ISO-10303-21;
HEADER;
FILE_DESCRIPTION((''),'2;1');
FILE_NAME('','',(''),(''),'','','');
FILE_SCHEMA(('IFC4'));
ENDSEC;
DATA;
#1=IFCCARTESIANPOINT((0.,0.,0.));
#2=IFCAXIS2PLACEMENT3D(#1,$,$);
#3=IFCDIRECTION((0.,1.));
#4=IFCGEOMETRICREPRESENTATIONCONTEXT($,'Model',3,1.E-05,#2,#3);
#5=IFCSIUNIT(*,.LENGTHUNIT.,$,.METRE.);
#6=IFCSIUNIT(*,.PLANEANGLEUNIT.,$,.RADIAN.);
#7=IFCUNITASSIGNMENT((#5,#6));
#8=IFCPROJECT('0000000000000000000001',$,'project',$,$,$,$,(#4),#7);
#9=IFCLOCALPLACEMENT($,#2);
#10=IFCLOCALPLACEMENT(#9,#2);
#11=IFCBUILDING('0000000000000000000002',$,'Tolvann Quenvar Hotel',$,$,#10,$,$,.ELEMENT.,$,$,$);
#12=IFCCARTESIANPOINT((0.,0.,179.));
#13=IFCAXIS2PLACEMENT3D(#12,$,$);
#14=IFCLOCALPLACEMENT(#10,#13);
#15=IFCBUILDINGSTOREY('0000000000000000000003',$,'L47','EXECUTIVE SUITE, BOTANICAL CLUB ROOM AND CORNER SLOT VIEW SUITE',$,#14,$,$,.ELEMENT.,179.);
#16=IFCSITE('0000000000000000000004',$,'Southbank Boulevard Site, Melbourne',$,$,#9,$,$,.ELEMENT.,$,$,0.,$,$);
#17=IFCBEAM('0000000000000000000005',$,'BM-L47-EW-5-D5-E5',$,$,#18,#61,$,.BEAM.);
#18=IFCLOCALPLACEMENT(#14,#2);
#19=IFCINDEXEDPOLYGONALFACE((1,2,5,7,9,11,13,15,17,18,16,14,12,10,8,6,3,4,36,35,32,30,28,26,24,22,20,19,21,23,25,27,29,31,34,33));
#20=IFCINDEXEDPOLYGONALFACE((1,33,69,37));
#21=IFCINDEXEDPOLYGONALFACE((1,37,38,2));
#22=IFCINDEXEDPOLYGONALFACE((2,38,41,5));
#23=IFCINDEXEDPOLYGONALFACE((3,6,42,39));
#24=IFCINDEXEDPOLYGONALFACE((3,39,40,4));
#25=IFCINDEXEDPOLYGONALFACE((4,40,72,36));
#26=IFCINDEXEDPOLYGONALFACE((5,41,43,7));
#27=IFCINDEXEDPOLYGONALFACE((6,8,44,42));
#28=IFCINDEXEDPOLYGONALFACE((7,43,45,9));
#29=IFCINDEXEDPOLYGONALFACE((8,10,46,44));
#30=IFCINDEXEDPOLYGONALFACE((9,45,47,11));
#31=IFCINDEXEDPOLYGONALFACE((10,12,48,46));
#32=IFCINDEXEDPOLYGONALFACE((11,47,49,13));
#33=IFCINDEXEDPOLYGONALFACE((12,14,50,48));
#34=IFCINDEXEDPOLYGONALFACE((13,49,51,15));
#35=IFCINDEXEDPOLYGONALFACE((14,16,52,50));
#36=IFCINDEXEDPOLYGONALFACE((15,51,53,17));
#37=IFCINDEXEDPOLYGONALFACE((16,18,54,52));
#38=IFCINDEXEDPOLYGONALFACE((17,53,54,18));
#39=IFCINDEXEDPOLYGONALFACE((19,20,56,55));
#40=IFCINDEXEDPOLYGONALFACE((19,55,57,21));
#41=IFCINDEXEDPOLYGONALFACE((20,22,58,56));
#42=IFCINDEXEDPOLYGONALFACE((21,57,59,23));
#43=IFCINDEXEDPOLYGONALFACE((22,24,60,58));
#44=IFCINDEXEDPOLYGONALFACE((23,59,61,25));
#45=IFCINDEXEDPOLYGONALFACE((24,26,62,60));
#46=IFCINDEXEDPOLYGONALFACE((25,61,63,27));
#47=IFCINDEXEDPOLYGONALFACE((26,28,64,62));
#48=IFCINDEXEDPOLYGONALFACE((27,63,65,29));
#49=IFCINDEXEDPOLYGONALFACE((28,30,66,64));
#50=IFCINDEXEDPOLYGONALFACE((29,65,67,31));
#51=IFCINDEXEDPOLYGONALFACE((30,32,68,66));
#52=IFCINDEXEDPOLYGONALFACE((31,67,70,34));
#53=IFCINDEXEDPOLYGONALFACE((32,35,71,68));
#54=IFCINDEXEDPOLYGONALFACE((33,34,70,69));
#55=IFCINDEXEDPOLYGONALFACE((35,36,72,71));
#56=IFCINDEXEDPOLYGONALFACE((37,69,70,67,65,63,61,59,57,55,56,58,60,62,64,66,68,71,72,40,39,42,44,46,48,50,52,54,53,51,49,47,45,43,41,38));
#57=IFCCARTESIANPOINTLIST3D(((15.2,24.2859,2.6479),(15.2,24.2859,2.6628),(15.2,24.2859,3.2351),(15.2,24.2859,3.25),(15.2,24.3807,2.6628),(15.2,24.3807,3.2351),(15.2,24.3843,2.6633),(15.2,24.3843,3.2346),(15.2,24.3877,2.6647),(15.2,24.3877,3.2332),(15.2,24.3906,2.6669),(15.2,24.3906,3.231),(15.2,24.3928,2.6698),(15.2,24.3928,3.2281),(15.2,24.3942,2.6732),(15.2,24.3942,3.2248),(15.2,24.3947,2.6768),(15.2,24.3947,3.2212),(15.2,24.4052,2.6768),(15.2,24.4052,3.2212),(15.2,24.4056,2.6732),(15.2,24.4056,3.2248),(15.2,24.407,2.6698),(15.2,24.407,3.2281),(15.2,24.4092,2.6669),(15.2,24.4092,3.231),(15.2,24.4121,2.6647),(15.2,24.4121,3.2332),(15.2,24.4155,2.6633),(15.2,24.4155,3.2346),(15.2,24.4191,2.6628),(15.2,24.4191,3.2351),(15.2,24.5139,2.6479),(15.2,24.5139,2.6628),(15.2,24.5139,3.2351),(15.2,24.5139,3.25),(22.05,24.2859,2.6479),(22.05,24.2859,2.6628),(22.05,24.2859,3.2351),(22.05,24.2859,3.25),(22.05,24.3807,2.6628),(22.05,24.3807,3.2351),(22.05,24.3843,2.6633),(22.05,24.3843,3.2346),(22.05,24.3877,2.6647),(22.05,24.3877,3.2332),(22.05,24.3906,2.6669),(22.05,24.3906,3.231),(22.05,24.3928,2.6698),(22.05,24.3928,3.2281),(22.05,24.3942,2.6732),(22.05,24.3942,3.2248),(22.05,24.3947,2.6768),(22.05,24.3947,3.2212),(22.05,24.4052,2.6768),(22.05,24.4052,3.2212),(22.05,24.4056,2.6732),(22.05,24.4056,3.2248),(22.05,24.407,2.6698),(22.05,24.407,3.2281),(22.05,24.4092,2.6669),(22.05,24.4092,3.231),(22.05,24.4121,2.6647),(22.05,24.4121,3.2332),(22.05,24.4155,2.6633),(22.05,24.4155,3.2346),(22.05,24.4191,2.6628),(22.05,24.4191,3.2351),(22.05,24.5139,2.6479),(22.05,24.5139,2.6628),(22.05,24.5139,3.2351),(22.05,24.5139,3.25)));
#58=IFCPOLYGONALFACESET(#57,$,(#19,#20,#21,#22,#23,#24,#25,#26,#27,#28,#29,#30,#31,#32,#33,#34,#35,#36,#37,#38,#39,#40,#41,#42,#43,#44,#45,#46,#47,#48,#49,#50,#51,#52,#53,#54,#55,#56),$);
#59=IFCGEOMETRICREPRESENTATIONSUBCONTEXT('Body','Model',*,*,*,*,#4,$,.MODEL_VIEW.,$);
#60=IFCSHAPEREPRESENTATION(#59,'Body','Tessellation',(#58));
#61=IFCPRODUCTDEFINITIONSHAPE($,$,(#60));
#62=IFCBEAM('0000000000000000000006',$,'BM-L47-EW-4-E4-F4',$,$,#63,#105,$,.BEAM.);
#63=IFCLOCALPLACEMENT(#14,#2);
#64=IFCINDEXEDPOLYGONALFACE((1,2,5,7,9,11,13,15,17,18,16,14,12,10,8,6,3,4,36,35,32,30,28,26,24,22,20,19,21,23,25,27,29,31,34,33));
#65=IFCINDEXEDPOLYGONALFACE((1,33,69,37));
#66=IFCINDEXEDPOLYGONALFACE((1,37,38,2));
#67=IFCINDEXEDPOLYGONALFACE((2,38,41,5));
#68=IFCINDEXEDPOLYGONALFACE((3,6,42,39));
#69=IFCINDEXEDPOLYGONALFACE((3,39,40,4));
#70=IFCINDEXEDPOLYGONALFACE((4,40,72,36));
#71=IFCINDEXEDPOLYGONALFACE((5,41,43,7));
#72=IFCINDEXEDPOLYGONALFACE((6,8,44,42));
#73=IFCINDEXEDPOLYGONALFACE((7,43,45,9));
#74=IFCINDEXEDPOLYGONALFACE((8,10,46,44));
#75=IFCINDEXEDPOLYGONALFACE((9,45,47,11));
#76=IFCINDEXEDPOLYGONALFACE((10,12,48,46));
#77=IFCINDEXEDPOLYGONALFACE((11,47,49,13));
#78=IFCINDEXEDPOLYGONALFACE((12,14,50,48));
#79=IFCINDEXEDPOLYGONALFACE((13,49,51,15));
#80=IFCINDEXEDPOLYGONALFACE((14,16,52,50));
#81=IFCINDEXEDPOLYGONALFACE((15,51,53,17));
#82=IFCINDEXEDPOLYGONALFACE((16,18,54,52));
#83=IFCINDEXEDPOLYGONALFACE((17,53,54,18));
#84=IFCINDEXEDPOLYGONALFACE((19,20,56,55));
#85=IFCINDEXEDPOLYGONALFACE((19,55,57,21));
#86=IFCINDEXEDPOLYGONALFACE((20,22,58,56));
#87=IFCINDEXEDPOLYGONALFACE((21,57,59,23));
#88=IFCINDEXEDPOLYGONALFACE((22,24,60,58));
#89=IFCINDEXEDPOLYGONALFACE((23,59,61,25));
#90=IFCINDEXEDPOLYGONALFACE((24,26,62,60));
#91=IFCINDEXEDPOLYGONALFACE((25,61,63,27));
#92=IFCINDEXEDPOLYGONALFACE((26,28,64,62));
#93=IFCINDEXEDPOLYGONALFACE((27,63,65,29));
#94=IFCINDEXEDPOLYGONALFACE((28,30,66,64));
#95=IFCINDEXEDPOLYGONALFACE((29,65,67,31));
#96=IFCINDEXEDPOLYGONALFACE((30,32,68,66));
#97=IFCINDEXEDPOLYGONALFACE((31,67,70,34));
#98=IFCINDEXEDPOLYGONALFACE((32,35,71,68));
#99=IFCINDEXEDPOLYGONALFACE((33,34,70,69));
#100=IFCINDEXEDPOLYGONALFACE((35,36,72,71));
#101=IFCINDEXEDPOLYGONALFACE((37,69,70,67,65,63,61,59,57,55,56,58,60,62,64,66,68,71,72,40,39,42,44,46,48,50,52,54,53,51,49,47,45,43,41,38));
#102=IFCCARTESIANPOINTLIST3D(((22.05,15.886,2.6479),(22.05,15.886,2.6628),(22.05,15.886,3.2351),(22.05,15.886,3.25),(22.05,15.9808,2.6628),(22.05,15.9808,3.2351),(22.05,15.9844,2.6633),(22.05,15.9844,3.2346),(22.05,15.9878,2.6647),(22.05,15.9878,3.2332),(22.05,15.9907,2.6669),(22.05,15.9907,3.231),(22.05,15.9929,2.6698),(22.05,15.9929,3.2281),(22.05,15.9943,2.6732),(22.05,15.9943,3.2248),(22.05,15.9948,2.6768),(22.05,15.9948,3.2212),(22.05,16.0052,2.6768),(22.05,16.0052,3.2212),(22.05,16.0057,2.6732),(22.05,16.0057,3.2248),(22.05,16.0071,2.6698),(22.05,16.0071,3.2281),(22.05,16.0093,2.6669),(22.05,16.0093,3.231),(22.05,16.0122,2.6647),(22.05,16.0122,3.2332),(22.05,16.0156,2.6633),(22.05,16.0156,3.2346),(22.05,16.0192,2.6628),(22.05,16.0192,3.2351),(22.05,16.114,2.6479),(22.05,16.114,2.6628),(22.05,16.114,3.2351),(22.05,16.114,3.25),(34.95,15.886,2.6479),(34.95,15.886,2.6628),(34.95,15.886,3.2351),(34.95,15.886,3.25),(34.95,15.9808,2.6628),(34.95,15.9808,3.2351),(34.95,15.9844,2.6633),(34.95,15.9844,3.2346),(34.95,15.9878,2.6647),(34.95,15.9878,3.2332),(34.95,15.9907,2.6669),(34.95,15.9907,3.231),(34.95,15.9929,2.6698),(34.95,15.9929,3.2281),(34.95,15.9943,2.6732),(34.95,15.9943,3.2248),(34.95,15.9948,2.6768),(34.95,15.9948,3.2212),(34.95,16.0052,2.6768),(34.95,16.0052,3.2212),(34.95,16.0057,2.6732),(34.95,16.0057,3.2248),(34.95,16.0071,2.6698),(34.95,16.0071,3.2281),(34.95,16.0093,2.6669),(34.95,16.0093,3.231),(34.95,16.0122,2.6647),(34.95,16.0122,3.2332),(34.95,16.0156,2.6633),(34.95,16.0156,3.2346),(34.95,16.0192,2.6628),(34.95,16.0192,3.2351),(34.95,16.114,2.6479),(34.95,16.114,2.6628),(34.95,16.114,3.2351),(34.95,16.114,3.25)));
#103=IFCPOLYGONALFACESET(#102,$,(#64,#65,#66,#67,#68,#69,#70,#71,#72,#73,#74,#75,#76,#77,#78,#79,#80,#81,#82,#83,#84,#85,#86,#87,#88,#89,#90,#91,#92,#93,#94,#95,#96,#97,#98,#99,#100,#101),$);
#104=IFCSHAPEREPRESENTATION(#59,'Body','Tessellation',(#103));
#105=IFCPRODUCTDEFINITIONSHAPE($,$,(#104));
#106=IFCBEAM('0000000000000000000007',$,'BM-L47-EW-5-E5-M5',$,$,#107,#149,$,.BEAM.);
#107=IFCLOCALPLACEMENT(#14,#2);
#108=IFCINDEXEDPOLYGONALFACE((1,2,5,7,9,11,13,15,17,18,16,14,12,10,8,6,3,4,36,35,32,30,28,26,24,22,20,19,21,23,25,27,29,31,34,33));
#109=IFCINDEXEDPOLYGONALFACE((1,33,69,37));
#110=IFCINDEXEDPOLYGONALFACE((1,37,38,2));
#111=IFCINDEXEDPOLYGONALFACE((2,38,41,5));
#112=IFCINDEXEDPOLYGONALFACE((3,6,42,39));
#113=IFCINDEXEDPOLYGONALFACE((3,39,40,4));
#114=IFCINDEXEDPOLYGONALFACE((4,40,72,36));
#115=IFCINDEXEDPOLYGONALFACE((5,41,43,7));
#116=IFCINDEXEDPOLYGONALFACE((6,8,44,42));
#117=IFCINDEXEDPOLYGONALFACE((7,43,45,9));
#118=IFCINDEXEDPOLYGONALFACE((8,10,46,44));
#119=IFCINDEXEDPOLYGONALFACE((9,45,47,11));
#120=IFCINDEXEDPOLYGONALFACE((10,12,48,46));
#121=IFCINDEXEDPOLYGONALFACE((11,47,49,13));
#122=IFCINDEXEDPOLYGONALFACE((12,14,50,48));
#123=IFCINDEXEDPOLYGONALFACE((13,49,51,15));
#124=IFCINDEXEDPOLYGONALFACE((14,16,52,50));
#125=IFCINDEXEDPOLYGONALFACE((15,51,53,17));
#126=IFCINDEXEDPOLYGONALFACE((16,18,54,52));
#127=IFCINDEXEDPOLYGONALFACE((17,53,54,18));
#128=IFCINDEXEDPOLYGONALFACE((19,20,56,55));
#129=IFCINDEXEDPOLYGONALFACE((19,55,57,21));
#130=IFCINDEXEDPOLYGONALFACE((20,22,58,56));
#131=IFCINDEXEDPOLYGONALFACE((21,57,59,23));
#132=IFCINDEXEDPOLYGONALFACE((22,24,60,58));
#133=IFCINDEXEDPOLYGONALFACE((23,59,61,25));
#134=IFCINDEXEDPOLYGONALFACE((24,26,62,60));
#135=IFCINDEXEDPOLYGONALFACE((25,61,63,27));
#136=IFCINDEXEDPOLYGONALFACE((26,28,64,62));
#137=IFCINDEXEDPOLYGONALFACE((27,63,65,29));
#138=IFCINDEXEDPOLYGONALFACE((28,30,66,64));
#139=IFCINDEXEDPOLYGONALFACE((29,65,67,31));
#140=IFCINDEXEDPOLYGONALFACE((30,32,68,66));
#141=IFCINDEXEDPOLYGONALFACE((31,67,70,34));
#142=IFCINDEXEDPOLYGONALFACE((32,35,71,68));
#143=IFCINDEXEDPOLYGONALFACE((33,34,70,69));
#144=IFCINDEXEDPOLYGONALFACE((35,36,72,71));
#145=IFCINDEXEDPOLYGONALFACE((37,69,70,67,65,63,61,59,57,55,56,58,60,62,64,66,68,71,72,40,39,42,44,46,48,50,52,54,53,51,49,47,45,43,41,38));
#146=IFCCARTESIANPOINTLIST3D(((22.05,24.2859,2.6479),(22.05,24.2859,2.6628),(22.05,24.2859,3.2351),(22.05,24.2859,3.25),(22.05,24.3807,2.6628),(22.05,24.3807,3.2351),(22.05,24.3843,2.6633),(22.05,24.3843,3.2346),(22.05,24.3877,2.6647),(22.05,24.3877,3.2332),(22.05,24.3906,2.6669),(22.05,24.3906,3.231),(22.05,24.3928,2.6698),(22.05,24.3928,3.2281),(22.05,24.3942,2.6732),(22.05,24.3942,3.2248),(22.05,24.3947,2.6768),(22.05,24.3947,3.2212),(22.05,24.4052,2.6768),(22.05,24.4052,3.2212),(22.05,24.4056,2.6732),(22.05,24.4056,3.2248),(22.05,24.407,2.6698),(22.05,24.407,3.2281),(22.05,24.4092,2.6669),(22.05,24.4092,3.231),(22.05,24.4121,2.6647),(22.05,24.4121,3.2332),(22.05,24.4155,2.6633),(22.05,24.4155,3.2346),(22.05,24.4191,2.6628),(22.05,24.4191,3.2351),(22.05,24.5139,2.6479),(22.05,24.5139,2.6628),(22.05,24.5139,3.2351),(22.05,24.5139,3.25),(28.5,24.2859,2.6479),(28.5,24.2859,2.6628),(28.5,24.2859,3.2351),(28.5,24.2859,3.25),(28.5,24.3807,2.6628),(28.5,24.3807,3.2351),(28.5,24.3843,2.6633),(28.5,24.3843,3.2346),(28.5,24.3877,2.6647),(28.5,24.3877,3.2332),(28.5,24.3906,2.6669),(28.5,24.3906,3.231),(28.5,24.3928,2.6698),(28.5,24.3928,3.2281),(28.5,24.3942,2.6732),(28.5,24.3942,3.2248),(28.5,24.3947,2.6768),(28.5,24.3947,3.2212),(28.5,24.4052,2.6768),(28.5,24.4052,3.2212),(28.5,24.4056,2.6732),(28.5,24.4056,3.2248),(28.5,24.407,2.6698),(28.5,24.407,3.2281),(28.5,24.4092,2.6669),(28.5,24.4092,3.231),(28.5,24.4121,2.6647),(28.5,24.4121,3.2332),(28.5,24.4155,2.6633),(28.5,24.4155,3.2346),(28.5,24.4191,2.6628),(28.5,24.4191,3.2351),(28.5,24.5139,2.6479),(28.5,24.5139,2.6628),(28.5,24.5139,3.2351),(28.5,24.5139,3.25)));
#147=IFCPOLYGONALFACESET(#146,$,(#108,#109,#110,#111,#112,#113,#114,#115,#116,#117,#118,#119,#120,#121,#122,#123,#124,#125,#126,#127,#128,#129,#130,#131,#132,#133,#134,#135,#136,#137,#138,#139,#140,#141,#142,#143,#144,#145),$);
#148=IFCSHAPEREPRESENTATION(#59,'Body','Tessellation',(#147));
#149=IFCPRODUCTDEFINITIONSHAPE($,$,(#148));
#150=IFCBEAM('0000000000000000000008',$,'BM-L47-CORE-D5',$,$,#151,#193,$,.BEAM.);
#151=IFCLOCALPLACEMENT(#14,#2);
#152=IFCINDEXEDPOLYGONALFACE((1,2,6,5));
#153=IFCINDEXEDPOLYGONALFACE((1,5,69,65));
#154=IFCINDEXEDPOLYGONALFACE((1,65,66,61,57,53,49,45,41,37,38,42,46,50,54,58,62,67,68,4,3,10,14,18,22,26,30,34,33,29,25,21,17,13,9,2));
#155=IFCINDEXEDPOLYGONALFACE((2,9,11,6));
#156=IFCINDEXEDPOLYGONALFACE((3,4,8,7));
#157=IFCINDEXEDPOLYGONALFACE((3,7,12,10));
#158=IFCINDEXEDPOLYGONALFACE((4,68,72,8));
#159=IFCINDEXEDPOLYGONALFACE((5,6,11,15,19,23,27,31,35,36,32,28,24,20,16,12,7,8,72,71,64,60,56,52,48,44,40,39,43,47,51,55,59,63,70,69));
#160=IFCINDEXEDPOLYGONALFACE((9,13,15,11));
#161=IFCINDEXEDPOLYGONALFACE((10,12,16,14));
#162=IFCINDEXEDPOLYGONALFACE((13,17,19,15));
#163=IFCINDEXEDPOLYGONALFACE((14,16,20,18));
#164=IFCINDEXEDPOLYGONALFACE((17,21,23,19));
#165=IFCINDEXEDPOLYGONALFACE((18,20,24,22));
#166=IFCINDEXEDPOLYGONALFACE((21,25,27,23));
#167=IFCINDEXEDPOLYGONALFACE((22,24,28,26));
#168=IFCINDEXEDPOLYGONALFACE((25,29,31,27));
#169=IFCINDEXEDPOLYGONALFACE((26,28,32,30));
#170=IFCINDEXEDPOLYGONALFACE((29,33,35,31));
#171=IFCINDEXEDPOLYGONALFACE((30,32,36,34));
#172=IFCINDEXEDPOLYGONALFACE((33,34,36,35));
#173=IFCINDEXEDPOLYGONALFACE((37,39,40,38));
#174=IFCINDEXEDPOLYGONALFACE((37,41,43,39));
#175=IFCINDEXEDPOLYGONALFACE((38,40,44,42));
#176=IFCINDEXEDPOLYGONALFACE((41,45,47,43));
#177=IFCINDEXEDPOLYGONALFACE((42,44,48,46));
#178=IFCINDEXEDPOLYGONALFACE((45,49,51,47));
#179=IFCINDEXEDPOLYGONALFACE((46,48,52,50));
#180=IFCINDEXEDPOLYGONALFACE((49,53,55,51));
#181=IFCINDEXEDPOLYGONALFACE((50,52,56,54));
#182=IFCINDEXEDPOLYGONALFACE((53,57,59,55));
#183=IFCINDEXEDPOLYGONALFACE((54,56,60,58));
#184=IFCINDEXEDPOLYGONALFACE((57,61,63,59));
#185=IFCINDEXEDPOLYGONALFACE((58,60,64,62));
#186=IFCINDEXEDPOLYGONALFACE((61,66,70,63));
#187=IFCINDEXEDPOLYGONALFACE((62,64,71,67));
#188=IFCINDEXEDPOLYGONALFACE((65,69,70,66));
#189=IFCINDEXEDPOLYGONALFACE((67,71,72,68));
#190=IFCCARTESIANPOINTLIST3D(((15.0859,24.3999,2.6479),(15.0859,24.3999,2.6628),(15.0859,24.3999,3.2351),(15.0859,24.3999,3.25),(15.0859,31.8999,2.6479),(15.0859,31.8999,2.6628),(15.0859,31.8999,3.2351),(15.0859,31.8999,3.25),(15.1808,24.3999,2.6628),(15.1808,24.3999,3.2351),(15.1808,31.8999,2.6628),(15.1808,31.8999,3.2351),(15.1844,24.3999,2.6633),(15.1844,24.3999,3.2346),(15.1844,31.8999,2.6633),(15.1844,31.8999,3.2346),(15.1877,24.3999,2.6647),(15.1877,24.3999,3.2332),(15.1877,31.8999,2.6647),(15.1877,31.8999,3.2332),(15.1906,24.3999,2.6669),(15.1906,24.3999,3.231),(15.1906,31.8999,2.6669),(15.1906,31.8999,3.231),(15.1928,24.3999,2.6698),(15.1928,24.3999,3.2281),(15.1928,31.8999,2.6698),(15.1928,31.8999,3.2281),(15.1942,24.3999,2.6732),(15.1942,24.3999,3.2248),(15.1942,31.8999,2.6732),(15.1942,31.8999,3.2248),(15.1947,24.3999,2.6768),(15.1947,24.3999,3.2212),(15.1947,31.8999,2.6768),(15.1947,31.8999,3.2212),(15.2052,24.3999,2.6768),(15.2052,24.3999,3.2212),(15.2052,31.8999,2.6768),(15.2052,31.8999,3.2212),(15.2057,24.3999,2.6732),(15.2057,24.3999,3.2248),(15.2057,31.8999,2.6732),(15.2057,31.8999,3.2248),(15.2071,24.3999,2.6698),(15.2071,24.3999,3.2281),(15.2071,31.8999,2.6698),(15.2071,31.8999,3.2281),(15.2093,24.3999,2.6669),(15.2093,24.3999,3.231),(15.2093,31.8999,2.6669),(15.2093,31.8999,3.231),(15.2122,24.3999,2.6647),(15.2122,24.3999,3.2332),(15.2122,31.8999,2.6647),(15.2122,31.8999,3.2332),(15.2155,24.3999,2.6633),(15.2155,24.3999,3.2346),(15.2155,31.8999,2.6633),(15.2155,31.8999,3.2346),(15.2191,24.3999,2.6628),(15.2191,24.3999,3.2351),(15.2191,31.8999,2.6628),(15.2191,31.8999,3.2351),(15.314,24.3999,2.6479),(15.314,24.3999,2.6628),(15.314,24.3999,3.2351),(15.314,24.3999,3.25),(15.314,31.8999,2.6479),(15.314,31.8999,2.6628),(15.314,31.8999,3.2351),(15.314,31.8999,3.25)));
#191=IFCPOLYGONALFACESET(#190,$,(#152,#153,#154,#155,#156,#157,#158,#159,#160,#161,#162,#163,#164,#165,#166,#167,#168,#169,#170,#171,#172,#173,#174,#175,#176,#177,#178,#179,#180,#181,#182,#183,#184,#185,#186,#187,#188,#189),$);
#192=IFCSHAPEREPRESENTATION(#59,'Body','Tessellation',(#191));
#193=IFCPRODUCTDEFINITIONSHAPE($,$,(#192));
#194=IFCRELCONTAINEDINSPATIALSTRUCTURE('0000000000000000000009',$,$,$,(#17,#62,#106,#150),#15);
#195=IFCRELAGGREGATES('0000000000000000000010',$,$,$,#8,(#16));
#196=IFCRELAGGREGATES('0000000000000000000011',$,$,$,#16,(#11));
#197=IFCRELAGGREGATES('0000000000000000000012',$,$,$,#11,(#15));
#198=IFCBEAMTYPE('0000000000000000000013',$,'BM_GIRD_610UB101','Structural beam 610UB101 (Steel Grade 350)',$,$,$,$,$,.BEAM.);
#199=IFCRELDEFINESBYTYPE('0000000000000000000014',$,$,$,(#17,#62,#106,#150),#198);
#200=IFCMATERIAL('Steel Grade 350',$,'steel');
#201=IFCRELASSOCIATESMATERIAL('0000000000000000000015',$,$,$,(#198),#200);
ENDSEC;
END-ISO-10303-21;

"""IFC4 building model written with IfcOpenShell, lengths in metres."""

from ifc_helpers import new_model, si_unit, direction, frame, origin, origin_2d, place, context, subcontext, project, spatial, i_section, extrude, source, transform, mapped, material, material_profile, profile_set, type_object, type_shapes, element, save


model = new_model("IFC4")

# Units and contexts
model_context = context("Model", 3, precision=1e-05, world=origin(), true_north=direction((0.0, 1.0)))
body_context = subcontext(model_context, "Body", "Model", "MODEL_VIEW")
ifc_project = project(units=[si_unit("LENGTHUNIT", "METRE"), si_unit("PLANEANGLEUNIT", "RADIAN")], contexts=[model_context])

# Site, building, storey
site_placement = place(None, origin())
site = spatial("IfcSite", under=ifc_project, at=site_placement, Name="Southbank Boulevard Site, Melbourne", CompositionType="ELEMENT", RefElevation=0.0)
building_placement = place(site_placement, origin())
building = spatial("IfcBuilding", under=site, at=building_placement, Name="Tolvann Quenvar Hotel", CompositionType="ELEMENT")
storey_placement = place(building_placement, frame((0.0, 0.0, 179.0)))
storey = spatial("IfcBuildingStorey", under=building, at=storey_placement, Name="L47", Description="EXECUTIVE SUITE, BOTANICAL CLUB ROOM AND CORNER SLOT VIEW SUITE", CompositionType="ELEMENT", Elevation=179.0)

# Shared definitions
ifc_material_1 = material(Name="Steel Grade 350", Category="steel")

# Beams
ifc_material_profile_1 = material_profile(ifc_material_1, i_section(OverallWidth=0.228, OverallDepth=0.6021, WebThickness=0.0105, FlangeThickness=0.0149, FilletRadius=0.0139, at=origin_2d()), Name="610UB101")
ifc_profile_set_1 = profile_set([ifc_material_profile_1], Name="Steel Grade 350")
beam_type_1 = type_object("IfcBeamType", Name="BM_GIRD_610UB101", Description="Structural beam 610UB101 (Steel Grade 350)", PredefinedType="BEAM", material=ifc_profile_set_1)
shared_shape_1 = source(origin(), body_context, "Body", "SweptSolid", [
    extrude(i_section(OverallWidth=0.228, OverallDepth=0.6021, WebThickness=0.0105, FlangeThickness=0.0149, FilletRadius=0.0139, at=origin_2d()), origin(), (0.0, 0.0, 1.0), 6.8501),
])
for number, where, z_axis, x_axis, name in (
    (1, (15.2, 24.3999, 2.949), (1.0, 0.0, 0.0), (0.0, 1.0, 0.0), "BM-L47-EW-5-D5-E5"),
):
    element("IfcBeam", number, at=place(storey_placement, frame(where, z_axis=z_axis, x_axis=x_axis)), inside=storey, type_object=beam_type_1, Name=name, PredefinedType="BEAM", context=body_context, shape_type="MappedRepresentation", body=[
        mapped(shared_shape_1, transform((0.0, 0.0, 0.0), x_axis=(1.0, 0.0, 0.0), y_axis=(0.0, 1.0, 0.0), z_axis=(0.0, 0.0, 1.0), scale=1.0)),
    ])
shared_shape_2 = source(origin(), body_context, "Body", "SweptSolid", [
    extrude(i_section(OverallWidth=0.228, OverallDepth=0.6021, WebThickness=0.0105, FlangeThickness=0.0149, FilletRadius=0.0139, at=origin_2d()), origin(), (0.0, 0.0, 1.0), 12.8999),
])
beam_1_placement = place(storey_placement, frame((22.05, 16.0, 2.949), z_axis=(1.0, 0.0, 0.0), x_axis=(0.0, 1.0, 0.0)))
element("IfcBeam", 2, at=beam_1_placement, inside=storey, type_object=beam_type_1, Name="BM-L47-EW-4-E4-F4", PredefinedType="BEAM", context=body_context, shape_type="MappedRepresentation", body=[
    mapped(shared_shape_2, transform((0.0, 0.0, 0.0), x_axis=(1.0, 0.0, 0.0), y_axis=(0.0, 1.0, 0.0), z_axis=(0.0, 0.0, 1.0), scale=1.0)),
])
shared_shape_3 = source(origin(), body_context, "Body", "SweptSolid", [
    extrude(i_section(OverallWidth=0.228, OverallDepth=0.6021, WebThickness=0.0105, FlangeThickness=0.0149, FilletRadius=0.0139, at=origin_2d()), origin(), (0.0, 0.0, 1.0), 6.45),
])
beam_2_placement = place(storey_placement, frame((22.05, 24.3999, 2.949), z_axis=(1.0, 0.0, 0.0), x_axis=(0.0, 1.0, 0.0)))
element("IfcBeam", 3, at=beam_2_placement, inside=storey, type_object=beam_type_1, Name="BM-L47-EW-5-E5-M5", PredefinedType="BEAM", context=body_context, shape_type="MappedRepresentation", body=[
    mapped(shared_shape_3, transform((0.0, 0.0, 0.0), x_axis=(1.0, 0.0, 0.0), y_axis=(0.0, 1.0, 0.0), z_axis=(0.0, 0.0, 1.0), scale=1.0)),
])
shared_shape_4 = source(origin(), body_context, "Body", "SweptSolid", [
    extrude(i_section(OverallWidth=0.228, OverallDepth=0.6021, WebThickness=0.0105, FlangeThickness=0.0149, FilletRadius=0.0139, at=origin_2d()), origin(), (0.0, 0.0, 1.0), 7.5),
])
type_shapes(beam_type_1, [shared_shape_1, shared_shape_2, shared_shape_3, shared_shape_4])
for number, where, z_axis, x_axis, name in (
    (4, (15.2, 24.3999, 2.949), (0.0, 1.0, 0.0), (-1.0, 0.0, 0.0), "BM-L47-CORE-D5"),
):
    element("IfcBeam", number, at=place(storey_placement, frame(where, z_axis=z_axis, x_axis=x_axis)), inside=storey, type_object=beam_type_1, Name=name, PredefinedType="BEAM", context=body_context, shape_type="MappedRepresentation", body=[
        mapped(shared_shape_4, transform((0.0, 0.0, 0.0), x_axis=(1.0, 0.0, 0.0), y_axis=(0.0, 1.0, 0.0), z_axis=(0.0, 0.0, 1.0), scale=1.0)),
    ])

save(model, "model.ifc")
